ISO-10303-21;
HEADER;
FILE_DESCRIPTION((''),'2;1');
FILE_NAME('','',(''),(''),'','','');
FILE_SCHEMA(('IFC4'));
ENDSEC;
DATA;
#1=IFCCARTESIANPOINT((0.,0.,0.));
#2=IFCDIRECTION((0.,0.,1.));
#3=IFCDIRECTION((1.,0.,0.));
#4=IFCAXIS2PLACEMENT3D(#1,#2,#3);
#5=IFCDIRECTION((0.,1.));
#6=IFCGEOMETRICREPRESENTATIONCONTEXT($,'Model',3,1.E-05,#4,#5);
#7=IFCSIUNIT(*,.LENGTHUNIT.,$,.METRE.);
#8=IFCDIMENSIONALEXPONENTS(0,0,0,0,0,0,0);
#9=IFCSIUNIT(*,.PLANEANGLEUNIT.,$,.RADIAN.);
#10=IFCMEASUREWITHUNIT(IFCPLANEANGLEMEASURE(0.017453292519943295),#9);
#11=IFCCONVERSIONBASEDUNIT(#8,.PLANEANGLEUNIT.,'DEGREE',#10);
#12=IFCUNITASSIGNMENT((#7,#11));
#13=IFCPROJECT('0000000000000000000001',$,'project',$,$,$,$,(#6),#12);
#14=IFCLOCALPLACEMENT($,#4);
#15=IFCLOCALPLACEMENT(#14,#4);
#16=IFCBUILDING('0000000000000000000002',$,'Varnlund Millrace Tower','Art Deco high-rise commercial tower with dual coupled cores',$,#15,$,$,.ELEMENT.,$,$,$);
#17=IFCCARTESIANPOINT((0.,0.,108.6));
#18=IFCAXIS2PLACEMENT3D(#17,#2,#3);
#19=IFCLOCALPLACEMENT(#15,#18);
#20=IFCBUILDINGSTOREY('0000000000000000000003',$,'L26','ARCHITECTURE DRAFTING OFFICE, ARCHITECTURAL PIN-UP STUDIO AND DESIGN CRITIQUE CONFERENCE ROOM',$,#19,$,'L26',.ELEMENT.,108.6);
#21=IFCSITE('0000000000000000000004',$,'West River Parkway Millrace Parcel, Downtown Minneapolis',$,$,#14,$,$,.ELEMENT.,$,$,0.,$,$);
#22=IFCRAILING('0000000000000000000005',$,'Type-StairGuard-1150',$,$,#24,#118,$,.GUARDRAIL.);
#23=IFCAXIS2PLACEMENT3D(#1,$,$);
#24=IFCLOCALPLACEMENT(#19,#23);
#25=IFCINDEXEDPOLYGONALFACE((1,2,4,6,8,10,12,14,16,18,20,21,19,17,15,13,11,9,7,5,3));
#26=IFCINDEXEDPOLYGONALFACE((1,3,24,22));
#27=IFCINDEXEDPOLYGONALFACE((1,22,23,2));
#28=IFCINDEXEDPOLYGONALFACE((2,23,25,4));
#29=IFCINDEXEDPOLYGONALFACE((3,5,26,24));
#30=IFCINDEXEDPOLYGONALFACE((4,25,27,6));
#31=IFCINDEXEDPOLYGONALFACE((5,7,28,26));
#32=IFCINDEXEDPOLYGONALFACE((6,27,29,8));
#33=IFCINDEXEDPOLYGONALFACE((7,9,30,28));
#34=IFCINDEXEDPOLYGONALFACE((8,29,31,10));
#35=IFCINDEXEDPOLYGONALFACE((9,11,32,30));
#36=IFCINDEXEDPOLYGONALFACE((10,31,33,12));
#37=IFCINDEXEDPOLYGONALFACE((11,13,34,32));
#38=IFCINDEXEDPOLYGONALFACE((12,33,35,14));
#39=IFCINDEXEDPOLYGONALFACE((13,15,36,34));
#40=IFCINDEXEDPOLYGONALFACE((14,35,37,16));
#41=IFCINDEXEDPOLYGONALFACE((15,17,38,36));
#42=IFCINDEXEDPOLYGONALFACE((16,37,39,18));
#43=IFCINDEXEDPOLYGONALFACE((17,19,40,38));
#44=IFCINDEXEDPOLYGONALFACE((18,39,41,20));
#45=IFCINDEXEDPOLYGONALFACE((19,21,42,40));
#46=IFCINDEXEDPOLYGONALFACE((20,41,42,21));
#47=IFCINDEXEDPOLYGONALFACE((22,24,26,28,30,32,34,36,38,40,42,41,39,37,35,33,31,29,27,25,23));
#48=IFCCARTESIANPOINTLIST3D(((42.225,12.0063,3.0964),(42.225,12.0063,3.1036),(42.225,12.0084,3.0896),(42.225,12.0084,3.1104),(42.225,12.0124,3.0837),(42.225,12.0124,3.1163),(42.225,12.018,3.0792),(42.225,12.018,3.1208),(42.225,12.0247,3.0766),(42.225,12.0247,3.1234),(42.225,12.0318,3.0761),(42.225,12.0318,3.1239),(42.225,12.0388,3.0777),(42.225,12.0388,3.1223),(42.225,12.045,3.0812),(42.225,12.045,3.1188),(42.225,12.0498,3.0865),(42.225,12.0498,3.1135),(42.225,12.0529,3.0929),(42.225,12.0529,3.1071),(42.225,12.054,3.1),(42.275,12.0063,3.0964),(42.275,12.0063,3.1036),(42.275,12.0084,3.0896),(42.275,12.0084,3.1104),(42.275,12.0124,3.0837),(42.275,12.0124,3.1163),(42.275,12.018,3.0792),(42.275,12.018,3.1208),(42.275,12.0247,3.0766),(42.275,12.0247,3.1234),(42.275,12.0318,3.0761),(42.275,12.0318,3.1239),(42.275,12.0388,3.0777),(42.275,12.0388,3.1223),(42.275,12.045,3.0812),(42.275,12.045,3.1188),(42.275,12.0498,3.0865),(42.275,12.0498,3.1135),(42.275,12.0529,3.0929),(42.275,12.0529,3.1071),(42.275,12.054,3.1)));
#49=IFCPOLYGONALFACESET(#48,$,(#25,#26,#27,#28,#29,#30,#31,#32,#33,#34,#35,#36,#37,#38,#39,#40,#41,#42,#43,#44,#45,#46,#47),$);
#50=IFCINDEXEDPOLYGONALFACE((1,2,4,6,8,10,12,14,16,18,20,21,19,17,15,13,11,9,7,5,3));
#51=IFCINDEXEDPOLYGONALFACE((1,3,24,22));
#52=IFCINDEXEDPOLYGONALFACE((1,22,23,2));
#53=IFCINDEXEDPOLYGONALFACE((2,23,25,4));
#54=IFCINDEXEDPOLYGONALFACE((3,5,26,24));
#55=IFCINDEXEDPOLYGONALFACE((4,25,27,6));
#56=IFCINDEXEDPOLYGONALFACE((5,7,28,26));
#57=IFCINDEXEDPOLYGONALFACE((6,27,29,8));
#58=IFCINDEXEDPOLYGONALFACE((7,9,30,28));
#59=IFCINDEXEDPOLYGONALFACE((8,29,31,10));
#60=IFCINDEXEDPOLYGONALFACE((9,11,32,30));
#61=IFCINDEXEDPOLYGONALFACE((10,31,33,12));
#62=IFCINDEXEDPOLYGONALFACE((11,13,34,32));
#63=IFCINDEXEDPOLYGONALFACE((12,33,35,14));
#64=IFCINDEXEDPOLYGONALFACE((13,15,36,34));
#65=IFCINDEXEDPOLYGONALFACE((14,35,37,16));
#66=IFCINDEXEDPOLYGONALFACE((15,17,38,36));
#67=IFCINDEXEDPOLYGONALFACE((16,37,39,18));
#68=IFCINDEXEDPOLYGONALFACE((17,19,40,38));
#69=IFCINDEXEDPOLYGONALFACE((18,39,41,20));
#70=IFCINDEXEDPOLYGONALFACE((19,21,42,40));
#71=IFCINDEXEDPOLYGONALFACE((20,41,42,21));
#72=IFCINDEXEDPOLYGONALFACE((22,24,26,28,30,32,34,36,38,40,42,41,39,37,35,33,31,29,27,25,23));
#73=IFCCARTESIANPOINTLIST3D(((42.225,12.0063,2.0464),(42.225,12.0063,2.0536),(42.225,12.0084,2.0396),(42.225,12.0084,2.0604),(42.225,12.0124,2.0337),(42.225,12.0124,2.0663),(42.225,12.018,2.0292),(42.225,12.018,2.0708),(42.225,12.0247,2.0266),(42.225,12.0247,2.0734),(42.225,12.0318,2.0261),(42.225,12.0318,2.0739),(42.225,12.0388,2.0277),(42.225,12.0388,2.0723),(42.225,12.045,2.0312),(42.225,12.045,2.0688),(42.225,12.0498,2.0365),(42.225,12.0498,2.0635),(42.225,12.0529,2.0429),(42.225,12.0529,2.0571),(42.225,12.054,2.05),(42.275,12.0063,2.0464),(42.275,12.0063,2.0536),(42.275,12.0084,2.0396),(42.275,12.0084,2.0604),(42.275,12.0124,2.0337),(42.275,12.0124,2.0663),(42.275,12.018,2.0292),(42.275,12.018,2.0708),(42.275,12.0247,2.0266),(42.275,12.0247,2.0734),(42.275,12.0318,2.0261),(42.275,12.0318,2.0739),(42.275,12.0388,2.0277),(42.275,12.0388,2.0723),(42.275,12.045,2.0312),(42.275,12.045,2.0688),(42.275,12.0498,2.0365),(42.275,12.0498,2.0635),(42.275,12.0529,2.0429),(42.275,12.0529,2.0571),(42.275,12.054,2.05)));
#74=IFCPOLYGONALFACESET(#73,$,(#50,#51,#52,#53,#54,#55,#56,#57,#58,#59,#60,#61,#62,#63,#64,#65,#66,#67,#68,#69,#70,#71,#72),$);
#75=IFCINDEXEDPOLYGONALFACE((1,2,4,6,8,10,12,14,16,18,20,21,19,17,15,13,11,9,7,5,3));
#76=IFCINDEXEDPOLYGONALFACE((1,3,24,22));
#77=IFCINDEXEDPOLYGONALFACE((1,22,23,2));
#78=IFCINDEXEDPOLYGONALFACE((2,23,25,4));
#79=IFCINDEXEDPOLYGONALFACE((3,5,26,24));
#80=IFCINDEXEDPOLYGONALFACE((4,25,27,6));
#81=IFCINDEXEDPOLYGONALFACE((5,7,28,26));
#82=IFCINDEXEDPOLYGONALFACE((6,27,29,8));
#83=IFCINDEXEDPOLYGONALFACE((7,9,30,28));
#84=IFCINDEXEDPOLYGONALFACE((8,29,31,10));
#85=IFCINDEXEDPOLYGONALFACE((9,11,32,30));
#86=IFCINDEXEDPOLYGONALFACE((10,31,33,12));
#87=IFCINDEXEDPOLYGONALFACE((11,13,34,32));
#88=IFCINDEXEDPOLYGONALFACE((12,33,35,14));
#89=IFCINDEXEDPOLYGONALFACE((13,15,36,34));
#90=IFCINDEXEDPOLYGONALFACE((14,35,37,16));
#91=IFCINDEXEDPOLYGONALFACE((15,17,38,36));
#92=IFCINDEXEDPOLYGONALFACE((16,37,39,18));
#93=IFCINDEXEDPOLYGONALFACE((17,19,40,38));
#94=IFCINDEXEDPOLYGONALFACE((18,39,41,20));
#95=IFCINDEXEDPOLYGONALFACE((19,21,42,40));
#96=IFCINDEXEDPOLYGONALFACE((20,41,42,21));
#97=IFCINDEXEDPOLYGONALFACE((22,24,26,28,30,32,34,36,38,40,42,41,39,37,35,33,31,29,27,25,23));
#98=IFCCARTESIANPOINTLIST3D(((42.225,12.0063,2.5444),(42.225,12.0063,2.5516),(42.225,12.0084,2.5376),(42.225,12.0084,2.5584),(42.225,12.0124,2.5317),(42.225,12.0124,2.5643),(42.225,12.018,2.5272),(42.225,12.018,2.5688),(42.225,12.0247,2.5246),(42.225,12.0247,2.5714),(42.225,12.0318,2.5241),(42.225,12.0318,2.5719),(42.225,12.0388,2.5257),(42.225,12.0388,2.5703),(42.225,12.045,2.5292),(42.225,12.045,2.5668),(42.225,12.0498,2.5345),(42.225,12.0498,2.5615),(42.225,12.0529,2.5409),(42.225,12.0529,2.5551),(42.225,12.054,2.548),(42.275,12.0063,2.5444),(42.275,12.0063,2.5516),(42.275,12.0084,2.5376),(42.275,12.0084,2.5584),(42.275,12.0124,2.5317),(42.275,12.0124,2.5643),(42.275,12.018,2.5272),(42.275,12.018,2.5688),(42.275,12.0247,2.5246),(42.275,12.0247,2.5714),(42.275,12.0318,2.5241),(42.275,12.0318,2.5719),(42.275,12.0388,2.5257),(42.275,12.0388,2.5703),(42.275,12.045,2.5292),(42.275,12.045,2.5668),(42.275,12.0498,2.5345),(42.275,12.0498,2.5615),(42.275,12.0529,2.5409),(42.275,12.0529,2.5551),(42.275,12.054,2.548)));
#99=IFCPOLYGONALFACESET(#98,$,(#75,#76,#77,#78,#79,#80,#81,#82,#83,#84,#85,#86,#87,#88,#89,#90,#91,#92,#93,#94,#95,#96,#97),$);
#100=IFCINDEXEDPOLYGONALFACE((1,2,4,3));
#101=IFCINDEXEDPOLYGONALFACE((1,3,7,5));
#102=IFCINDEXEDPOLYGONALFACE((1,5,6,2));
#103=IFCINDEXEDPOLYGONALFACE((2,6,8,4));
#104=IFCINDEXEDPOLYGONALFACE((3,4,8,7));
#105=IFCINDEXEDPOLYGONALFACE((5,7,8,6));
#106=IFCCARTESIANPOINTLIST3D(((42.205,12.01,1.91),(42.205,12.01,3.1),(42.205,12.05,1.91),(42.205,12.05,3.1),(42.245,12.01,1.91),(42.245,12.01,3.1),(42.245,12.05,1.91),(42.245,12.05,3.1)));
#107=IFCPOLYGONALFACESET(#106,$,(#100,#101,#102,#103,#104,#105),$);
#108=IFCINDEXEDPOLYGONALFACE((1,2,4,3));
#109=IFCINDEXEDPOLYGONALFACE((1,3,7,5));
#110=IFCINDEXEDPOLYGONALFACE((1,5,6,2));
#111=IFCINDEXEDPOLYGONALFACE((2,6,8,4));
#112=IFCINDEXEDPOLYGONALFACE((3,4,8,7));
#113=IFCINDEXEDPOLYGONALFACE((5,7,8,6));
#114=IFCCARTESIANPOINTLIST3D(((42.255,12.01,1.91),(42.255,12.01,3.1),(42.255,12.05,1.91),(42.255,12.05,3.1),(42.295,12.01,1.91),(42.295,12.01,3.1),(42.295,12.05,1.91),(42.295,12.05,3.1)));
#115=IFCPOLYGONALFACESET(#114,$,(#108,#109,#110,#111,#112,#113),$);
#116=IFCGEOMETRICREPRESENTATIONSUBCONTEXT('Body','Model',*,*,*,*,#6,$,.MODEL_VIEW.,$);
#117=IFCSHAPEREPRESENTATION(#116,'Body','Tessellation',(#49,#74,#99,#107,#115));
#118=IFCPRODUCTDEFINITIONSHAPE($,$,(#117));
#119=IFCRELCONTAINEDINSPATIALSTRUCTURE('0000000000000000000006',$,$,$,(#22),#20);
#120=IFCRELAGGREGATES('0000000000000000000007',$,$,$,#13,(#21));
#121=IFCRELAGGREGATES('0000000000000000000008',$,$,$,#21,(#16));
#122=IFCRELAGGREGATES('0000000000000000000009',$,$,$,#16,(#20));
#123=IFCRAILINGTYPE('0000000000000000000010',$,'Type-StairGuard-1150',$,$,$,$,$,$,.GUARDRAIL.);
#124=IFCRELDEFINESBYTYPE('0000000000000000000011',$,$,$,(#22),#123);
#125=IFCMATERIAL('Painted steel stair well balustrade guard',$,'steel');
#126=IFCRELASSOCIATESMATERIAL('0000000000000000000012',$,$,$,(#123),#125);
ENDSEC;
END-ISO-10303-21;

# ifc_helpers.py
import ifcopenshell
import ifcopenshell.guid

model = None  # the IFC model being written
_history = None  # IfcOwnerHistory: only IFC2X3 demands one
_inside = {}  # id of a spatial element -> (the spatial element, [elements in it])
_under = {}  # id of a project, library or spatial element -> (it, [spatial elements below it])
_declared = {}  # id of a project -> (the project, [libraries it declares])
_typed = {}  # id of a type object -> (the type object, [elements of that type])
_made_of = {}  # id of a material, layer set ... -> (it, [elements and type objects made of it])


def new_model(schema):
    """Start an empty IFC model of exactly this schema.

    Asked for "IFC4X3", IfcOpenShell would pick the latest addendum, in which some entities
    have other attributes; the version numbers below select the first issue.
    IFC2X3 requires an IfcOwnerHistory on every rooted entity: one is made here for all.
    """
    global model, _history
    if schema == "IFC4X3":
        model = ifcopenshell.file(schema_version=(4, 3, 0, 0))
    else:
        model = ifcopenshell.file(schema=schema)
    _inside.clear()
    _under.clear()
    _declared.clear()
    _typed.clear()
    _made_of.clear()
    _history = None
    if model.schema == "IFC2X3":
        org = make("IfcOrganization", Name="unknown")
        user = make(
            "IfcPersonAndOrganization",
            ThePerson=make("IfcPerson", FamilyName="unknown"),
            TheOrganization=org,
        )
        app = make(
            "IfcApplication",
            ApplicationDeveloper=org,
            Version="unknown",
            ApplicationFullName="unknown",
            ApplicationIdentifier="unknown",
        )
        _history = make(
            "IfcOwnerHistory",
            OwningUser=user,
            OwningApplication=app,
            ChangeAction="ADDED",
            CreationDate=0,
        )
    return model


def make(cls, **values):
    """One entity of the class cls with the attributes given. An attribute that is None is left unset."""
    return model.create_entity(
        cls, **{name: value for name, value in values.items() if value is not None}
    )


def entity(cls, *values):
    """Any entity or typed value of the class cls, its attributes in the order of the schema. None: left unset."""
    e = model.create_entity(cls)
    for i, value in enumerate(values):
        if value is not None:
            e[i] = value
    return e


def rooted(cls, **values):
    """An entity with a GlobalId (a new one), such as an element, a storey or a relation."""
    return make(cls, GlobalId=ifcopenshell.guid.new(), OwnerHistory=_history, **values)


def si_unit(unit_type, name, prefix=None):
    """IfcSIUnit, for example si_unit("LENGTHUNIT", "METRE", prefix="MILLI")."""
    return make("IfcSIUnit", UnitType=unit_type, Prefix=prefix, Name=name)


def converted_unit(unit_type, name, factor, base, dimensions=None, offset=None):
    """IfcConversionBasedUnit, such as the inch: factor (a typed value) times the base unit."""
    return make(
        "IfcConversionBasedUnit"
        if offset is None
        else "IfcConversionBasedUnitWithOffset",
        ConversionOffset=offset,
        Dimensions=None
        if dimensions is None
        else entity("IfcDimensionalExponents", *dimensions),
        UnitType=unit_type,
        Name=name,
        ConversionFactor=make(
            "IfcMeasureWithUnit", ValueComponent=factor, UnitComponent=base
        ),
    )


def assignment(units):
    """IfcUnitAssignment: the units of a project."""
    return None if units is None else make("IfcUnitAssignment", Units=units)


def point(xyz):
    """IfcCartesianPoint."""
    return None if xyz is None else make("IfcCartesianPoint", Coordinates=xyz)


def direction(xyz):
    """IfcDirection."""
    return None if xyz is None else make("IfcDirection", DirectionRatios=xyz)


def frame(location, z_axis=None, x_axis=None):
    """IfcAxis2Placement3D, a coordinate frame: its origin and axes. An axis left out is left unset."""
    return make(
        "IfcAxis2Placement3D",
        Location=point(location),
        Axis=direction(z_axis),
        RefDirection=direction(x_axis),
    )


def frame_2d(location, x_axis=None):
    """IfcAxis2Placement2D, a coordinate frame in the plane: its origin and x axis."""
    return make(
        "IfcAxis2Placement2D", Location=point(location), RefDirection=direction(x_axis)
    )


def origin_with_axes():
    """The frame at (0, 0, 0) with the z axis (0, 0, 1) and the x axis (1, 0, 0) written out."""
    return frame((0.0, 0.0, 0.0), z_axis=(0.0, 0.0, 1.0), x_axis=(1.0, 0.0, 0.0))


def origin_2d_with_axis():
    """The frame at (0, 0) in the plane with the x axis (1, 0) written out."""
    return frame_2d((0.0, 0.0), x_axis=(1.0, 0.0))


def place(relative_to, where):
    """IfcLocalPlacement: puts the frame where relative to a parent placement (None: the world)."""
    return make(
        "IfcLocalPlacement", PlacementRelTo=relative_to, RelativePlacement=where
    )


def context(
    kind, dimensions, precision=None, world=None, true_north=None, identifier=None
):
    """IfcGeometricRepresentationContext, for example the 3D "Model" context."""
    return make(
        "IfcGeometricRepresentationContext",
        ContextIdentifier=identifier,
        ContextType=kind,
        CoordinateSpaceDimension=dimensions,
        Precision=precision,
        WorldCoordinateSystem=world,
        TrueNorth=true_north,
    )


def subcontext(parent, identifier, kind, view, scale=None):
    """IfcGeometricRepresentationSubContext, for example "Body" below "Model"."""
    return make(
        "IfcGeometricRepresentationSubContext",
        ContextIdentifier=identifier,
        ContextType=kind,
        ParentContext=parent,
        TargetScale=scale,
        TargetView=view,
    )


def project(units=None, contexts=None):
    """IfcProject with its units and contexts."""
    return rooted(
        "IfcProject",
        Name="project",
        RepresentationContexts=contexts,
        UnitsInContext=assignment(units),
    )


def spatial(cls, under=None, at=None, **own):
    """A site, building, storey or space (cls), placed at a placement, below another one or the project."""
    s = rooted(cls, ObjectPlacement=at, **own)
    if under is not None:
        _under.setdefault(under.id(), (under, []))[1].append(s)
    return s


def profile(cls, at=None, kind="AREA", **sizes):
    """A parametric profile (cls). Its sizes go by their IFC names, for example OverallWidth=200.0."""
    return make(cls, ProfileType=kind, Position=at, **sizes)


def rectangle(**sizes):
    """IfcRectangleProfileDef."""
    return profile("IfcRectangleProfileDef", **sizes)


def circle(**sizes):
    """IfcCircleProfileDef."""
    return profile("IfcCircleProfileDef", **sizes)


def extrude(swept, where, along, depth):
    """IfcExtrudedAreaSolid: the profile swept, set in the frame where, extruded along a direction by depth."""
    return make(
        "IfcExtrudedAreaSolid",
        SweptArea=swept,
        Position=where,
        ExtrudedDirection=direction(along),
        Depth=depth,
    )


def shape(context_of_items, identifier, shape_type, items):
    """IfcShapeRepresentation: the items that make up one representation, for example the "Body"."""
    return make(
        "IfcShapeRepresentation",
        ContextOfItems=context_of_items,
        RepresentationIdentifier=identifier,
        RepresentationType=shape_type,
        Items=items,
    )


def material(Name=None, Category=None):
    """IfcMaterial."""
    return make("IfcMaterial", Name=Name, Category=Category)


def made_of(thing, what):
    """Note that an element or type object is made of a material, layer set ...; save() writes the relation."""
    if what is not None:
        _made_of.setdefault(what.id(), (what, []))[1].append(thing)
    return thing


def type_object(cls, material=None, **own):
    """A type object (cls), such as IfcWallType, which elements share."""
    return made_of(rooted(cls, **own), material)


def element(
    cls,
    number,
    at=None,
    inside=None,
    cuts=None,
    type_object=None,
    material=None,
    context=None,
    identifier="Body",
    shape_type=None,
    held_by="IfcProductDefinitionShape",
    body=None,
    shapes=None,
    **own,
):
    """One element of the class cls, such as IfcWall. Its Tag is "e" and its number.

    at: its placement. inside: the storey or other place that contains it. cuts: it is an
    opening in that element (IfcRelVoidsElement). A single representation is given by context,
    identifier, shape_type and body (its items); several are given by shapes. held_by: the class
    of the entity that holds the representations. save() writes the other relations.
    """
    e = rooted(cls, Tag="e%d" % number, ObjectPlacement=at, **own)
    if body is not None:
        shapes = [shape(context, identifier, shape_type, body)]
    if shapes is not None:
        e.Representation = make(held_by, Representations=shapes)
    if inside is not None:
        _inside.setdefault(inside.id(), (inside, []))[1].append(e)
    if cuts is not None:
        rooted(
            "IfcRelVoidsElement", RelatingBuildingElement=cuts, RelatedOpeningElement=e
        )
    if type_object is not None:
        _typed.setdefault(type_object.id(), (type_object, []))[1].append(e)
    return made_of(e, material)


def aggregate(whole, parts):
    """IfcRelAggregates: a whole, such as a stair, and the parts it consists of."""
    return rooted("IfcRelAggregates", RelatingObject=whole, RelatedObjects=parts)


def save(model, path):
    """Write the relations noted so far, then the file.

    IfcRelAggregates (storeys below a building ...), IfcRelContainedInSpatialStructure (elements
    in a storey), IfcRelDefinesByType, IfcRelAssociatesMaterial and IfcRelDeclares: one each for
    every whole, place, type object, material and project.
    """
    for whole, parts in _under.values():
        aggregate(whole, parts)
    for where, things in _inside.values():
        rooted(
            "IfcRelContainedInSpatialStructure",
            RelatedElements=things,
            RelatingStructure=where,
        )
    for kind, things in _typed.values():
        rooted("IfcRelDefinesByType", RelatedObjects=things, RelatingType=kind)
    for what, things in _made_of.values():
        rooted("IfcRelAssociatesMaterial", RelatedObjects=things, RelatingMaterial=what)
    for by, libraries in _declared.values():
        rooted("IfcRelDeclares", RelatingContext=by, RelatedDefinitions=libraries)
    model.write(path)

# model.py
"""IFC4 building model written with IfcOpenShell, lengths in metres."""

from ifc_helpers import new_model, entity, si_unit, converted_unit, direction, frame, origin_with_axes, origin_2d_with_axis, place, context, subcontext, project, spatial, rectangle, circle, extrude, material, type_object, element, save


model = new_model("IFC4")

# Units and contexts
model_context = context("Model", 3, precision=1e-05, world=origin_with_axes(), true_north=direction((0.0, 1.0)))
body_context = subcontext(model_context, "Body", "Model", "MODEL_VIEW")
ifc_project = project(units=[si_unit("LENGTHUNIT", "METRE"), converted_unit("PLANEANGLEUNIT", "DEGREE", entity("IfcPlaneAngleMeasure", 0.017453292519943295), si_unit("PLANEANGLEUNIT", "RADIAN"), dimensions=[0, 0, 0, 0, 0, 0, 0])], contexts=[model_context])

# Site, building, storey
site_placement = place(None, origin_with_axes())
site = spatial("IfcSite", under=ifc_project, at=site_placement, Name="West River Parkway Millrace Parcel, Downtown Minneapolis", CompositionType="ELEMENT", RefElevation=0.0)
building_placement = place(site_placement, origin_with_axes())
building = spatial("IfcBuilding", under=site, at=building_placement, Name="Varnlund Millrace Tower", Description="Art Deco high-rise commercial tower with dual coupled cores", CompositionType="ELEMENT")
storey_placement = place(building_placement, frame((0.0, 0.0, 108.6), z_axis=(0.0, 0.0, 1.0), x_axis=(1.0, 0.0, 0.0)))
storey = spatial("IfcBuildingStorey", under=building, at=storey_placement, Name="L26", Description="ARCHITECTURE DRAFTING OFFICE, ARCHITECTURAL PIN-UP STUDIO AND DESIGN CRITIQUE CONFERENCE ROOM", LongName="L26", CompositionType="ELEMENT", Elevation=108.6)

# Railing
ifc_material_1 = material(Name="Painted steel stair well balustrade guard", Category="steel")
railing_type_1 = type_object("IfcRailingType", Name="Type-StairGuard-1150", PredefinedType="GUARDRAIL", material=ifc_material_1)
railing_1_placement = place(storey_placement, frame((0.0, 0.0, -108.6), z_axis=(0.0, 0.0, 1.0), x_axis=(1.0, 0.0, 0.0)))
element("IfcRailing", 1, at=railing_1_placement, inside=storey, type_object=railing_type_1, Name="Type-StairGuard-1150", PredefinedType="GUARDRAIL", context=body_context, shape_type="SweptSolid", body=[
    extrude(circle(Radius=0.024, at=origin_2d_with_axis()), frame((42.225, 12.03, 111.7), z_axis=(1.0, 0.0, 0.0), x_axis=(0.0, 1.0, 0.0)), (0.0, 0.0, 1.0), 0.05),
    extrude(circle(Radius=0.024, at=origin_2d_with_axis()), frame((42.225, 12.03, 110.65), z_axis=(1.0, 0.0, 0.0), x_axis=(0.0, 1.0, 0.0)), (0.0, 0.0, 1.0), 0.05),
    extrude(circle(Radius=0.024, at=origin_2d_with_axis()), frame((42.225, 12.03, 111.148), z_axis=(1.0, 0.0, 0.0), x_axis=(0.0, 1.0, 0.0)), (0.0, 0.0, 1.0), 0.05),
    extrude(rectangle(XDim=0.04, YDim=0.04, at=origin_2d_with_axis()), frame((42.225, 12.03, 110.51), z_axis=(0.0, 0.0, 1.0), x_axis=(1.0, 0.0, 0.0)), (0.0, 0.0, 1.0), 1.19),
    extrude(rectangle(XDim=0.04, YDim=0.04, at=origin_2d_with_axis()), frame((42.275, 12.03, 110.51), z_axis=(0.0, 0.0, 1.0), x_axis=(1.0, 0.0, 0.0)), (0.0, 0.0, 1.0), 1.19),
])

save(model, "model.ifc")
